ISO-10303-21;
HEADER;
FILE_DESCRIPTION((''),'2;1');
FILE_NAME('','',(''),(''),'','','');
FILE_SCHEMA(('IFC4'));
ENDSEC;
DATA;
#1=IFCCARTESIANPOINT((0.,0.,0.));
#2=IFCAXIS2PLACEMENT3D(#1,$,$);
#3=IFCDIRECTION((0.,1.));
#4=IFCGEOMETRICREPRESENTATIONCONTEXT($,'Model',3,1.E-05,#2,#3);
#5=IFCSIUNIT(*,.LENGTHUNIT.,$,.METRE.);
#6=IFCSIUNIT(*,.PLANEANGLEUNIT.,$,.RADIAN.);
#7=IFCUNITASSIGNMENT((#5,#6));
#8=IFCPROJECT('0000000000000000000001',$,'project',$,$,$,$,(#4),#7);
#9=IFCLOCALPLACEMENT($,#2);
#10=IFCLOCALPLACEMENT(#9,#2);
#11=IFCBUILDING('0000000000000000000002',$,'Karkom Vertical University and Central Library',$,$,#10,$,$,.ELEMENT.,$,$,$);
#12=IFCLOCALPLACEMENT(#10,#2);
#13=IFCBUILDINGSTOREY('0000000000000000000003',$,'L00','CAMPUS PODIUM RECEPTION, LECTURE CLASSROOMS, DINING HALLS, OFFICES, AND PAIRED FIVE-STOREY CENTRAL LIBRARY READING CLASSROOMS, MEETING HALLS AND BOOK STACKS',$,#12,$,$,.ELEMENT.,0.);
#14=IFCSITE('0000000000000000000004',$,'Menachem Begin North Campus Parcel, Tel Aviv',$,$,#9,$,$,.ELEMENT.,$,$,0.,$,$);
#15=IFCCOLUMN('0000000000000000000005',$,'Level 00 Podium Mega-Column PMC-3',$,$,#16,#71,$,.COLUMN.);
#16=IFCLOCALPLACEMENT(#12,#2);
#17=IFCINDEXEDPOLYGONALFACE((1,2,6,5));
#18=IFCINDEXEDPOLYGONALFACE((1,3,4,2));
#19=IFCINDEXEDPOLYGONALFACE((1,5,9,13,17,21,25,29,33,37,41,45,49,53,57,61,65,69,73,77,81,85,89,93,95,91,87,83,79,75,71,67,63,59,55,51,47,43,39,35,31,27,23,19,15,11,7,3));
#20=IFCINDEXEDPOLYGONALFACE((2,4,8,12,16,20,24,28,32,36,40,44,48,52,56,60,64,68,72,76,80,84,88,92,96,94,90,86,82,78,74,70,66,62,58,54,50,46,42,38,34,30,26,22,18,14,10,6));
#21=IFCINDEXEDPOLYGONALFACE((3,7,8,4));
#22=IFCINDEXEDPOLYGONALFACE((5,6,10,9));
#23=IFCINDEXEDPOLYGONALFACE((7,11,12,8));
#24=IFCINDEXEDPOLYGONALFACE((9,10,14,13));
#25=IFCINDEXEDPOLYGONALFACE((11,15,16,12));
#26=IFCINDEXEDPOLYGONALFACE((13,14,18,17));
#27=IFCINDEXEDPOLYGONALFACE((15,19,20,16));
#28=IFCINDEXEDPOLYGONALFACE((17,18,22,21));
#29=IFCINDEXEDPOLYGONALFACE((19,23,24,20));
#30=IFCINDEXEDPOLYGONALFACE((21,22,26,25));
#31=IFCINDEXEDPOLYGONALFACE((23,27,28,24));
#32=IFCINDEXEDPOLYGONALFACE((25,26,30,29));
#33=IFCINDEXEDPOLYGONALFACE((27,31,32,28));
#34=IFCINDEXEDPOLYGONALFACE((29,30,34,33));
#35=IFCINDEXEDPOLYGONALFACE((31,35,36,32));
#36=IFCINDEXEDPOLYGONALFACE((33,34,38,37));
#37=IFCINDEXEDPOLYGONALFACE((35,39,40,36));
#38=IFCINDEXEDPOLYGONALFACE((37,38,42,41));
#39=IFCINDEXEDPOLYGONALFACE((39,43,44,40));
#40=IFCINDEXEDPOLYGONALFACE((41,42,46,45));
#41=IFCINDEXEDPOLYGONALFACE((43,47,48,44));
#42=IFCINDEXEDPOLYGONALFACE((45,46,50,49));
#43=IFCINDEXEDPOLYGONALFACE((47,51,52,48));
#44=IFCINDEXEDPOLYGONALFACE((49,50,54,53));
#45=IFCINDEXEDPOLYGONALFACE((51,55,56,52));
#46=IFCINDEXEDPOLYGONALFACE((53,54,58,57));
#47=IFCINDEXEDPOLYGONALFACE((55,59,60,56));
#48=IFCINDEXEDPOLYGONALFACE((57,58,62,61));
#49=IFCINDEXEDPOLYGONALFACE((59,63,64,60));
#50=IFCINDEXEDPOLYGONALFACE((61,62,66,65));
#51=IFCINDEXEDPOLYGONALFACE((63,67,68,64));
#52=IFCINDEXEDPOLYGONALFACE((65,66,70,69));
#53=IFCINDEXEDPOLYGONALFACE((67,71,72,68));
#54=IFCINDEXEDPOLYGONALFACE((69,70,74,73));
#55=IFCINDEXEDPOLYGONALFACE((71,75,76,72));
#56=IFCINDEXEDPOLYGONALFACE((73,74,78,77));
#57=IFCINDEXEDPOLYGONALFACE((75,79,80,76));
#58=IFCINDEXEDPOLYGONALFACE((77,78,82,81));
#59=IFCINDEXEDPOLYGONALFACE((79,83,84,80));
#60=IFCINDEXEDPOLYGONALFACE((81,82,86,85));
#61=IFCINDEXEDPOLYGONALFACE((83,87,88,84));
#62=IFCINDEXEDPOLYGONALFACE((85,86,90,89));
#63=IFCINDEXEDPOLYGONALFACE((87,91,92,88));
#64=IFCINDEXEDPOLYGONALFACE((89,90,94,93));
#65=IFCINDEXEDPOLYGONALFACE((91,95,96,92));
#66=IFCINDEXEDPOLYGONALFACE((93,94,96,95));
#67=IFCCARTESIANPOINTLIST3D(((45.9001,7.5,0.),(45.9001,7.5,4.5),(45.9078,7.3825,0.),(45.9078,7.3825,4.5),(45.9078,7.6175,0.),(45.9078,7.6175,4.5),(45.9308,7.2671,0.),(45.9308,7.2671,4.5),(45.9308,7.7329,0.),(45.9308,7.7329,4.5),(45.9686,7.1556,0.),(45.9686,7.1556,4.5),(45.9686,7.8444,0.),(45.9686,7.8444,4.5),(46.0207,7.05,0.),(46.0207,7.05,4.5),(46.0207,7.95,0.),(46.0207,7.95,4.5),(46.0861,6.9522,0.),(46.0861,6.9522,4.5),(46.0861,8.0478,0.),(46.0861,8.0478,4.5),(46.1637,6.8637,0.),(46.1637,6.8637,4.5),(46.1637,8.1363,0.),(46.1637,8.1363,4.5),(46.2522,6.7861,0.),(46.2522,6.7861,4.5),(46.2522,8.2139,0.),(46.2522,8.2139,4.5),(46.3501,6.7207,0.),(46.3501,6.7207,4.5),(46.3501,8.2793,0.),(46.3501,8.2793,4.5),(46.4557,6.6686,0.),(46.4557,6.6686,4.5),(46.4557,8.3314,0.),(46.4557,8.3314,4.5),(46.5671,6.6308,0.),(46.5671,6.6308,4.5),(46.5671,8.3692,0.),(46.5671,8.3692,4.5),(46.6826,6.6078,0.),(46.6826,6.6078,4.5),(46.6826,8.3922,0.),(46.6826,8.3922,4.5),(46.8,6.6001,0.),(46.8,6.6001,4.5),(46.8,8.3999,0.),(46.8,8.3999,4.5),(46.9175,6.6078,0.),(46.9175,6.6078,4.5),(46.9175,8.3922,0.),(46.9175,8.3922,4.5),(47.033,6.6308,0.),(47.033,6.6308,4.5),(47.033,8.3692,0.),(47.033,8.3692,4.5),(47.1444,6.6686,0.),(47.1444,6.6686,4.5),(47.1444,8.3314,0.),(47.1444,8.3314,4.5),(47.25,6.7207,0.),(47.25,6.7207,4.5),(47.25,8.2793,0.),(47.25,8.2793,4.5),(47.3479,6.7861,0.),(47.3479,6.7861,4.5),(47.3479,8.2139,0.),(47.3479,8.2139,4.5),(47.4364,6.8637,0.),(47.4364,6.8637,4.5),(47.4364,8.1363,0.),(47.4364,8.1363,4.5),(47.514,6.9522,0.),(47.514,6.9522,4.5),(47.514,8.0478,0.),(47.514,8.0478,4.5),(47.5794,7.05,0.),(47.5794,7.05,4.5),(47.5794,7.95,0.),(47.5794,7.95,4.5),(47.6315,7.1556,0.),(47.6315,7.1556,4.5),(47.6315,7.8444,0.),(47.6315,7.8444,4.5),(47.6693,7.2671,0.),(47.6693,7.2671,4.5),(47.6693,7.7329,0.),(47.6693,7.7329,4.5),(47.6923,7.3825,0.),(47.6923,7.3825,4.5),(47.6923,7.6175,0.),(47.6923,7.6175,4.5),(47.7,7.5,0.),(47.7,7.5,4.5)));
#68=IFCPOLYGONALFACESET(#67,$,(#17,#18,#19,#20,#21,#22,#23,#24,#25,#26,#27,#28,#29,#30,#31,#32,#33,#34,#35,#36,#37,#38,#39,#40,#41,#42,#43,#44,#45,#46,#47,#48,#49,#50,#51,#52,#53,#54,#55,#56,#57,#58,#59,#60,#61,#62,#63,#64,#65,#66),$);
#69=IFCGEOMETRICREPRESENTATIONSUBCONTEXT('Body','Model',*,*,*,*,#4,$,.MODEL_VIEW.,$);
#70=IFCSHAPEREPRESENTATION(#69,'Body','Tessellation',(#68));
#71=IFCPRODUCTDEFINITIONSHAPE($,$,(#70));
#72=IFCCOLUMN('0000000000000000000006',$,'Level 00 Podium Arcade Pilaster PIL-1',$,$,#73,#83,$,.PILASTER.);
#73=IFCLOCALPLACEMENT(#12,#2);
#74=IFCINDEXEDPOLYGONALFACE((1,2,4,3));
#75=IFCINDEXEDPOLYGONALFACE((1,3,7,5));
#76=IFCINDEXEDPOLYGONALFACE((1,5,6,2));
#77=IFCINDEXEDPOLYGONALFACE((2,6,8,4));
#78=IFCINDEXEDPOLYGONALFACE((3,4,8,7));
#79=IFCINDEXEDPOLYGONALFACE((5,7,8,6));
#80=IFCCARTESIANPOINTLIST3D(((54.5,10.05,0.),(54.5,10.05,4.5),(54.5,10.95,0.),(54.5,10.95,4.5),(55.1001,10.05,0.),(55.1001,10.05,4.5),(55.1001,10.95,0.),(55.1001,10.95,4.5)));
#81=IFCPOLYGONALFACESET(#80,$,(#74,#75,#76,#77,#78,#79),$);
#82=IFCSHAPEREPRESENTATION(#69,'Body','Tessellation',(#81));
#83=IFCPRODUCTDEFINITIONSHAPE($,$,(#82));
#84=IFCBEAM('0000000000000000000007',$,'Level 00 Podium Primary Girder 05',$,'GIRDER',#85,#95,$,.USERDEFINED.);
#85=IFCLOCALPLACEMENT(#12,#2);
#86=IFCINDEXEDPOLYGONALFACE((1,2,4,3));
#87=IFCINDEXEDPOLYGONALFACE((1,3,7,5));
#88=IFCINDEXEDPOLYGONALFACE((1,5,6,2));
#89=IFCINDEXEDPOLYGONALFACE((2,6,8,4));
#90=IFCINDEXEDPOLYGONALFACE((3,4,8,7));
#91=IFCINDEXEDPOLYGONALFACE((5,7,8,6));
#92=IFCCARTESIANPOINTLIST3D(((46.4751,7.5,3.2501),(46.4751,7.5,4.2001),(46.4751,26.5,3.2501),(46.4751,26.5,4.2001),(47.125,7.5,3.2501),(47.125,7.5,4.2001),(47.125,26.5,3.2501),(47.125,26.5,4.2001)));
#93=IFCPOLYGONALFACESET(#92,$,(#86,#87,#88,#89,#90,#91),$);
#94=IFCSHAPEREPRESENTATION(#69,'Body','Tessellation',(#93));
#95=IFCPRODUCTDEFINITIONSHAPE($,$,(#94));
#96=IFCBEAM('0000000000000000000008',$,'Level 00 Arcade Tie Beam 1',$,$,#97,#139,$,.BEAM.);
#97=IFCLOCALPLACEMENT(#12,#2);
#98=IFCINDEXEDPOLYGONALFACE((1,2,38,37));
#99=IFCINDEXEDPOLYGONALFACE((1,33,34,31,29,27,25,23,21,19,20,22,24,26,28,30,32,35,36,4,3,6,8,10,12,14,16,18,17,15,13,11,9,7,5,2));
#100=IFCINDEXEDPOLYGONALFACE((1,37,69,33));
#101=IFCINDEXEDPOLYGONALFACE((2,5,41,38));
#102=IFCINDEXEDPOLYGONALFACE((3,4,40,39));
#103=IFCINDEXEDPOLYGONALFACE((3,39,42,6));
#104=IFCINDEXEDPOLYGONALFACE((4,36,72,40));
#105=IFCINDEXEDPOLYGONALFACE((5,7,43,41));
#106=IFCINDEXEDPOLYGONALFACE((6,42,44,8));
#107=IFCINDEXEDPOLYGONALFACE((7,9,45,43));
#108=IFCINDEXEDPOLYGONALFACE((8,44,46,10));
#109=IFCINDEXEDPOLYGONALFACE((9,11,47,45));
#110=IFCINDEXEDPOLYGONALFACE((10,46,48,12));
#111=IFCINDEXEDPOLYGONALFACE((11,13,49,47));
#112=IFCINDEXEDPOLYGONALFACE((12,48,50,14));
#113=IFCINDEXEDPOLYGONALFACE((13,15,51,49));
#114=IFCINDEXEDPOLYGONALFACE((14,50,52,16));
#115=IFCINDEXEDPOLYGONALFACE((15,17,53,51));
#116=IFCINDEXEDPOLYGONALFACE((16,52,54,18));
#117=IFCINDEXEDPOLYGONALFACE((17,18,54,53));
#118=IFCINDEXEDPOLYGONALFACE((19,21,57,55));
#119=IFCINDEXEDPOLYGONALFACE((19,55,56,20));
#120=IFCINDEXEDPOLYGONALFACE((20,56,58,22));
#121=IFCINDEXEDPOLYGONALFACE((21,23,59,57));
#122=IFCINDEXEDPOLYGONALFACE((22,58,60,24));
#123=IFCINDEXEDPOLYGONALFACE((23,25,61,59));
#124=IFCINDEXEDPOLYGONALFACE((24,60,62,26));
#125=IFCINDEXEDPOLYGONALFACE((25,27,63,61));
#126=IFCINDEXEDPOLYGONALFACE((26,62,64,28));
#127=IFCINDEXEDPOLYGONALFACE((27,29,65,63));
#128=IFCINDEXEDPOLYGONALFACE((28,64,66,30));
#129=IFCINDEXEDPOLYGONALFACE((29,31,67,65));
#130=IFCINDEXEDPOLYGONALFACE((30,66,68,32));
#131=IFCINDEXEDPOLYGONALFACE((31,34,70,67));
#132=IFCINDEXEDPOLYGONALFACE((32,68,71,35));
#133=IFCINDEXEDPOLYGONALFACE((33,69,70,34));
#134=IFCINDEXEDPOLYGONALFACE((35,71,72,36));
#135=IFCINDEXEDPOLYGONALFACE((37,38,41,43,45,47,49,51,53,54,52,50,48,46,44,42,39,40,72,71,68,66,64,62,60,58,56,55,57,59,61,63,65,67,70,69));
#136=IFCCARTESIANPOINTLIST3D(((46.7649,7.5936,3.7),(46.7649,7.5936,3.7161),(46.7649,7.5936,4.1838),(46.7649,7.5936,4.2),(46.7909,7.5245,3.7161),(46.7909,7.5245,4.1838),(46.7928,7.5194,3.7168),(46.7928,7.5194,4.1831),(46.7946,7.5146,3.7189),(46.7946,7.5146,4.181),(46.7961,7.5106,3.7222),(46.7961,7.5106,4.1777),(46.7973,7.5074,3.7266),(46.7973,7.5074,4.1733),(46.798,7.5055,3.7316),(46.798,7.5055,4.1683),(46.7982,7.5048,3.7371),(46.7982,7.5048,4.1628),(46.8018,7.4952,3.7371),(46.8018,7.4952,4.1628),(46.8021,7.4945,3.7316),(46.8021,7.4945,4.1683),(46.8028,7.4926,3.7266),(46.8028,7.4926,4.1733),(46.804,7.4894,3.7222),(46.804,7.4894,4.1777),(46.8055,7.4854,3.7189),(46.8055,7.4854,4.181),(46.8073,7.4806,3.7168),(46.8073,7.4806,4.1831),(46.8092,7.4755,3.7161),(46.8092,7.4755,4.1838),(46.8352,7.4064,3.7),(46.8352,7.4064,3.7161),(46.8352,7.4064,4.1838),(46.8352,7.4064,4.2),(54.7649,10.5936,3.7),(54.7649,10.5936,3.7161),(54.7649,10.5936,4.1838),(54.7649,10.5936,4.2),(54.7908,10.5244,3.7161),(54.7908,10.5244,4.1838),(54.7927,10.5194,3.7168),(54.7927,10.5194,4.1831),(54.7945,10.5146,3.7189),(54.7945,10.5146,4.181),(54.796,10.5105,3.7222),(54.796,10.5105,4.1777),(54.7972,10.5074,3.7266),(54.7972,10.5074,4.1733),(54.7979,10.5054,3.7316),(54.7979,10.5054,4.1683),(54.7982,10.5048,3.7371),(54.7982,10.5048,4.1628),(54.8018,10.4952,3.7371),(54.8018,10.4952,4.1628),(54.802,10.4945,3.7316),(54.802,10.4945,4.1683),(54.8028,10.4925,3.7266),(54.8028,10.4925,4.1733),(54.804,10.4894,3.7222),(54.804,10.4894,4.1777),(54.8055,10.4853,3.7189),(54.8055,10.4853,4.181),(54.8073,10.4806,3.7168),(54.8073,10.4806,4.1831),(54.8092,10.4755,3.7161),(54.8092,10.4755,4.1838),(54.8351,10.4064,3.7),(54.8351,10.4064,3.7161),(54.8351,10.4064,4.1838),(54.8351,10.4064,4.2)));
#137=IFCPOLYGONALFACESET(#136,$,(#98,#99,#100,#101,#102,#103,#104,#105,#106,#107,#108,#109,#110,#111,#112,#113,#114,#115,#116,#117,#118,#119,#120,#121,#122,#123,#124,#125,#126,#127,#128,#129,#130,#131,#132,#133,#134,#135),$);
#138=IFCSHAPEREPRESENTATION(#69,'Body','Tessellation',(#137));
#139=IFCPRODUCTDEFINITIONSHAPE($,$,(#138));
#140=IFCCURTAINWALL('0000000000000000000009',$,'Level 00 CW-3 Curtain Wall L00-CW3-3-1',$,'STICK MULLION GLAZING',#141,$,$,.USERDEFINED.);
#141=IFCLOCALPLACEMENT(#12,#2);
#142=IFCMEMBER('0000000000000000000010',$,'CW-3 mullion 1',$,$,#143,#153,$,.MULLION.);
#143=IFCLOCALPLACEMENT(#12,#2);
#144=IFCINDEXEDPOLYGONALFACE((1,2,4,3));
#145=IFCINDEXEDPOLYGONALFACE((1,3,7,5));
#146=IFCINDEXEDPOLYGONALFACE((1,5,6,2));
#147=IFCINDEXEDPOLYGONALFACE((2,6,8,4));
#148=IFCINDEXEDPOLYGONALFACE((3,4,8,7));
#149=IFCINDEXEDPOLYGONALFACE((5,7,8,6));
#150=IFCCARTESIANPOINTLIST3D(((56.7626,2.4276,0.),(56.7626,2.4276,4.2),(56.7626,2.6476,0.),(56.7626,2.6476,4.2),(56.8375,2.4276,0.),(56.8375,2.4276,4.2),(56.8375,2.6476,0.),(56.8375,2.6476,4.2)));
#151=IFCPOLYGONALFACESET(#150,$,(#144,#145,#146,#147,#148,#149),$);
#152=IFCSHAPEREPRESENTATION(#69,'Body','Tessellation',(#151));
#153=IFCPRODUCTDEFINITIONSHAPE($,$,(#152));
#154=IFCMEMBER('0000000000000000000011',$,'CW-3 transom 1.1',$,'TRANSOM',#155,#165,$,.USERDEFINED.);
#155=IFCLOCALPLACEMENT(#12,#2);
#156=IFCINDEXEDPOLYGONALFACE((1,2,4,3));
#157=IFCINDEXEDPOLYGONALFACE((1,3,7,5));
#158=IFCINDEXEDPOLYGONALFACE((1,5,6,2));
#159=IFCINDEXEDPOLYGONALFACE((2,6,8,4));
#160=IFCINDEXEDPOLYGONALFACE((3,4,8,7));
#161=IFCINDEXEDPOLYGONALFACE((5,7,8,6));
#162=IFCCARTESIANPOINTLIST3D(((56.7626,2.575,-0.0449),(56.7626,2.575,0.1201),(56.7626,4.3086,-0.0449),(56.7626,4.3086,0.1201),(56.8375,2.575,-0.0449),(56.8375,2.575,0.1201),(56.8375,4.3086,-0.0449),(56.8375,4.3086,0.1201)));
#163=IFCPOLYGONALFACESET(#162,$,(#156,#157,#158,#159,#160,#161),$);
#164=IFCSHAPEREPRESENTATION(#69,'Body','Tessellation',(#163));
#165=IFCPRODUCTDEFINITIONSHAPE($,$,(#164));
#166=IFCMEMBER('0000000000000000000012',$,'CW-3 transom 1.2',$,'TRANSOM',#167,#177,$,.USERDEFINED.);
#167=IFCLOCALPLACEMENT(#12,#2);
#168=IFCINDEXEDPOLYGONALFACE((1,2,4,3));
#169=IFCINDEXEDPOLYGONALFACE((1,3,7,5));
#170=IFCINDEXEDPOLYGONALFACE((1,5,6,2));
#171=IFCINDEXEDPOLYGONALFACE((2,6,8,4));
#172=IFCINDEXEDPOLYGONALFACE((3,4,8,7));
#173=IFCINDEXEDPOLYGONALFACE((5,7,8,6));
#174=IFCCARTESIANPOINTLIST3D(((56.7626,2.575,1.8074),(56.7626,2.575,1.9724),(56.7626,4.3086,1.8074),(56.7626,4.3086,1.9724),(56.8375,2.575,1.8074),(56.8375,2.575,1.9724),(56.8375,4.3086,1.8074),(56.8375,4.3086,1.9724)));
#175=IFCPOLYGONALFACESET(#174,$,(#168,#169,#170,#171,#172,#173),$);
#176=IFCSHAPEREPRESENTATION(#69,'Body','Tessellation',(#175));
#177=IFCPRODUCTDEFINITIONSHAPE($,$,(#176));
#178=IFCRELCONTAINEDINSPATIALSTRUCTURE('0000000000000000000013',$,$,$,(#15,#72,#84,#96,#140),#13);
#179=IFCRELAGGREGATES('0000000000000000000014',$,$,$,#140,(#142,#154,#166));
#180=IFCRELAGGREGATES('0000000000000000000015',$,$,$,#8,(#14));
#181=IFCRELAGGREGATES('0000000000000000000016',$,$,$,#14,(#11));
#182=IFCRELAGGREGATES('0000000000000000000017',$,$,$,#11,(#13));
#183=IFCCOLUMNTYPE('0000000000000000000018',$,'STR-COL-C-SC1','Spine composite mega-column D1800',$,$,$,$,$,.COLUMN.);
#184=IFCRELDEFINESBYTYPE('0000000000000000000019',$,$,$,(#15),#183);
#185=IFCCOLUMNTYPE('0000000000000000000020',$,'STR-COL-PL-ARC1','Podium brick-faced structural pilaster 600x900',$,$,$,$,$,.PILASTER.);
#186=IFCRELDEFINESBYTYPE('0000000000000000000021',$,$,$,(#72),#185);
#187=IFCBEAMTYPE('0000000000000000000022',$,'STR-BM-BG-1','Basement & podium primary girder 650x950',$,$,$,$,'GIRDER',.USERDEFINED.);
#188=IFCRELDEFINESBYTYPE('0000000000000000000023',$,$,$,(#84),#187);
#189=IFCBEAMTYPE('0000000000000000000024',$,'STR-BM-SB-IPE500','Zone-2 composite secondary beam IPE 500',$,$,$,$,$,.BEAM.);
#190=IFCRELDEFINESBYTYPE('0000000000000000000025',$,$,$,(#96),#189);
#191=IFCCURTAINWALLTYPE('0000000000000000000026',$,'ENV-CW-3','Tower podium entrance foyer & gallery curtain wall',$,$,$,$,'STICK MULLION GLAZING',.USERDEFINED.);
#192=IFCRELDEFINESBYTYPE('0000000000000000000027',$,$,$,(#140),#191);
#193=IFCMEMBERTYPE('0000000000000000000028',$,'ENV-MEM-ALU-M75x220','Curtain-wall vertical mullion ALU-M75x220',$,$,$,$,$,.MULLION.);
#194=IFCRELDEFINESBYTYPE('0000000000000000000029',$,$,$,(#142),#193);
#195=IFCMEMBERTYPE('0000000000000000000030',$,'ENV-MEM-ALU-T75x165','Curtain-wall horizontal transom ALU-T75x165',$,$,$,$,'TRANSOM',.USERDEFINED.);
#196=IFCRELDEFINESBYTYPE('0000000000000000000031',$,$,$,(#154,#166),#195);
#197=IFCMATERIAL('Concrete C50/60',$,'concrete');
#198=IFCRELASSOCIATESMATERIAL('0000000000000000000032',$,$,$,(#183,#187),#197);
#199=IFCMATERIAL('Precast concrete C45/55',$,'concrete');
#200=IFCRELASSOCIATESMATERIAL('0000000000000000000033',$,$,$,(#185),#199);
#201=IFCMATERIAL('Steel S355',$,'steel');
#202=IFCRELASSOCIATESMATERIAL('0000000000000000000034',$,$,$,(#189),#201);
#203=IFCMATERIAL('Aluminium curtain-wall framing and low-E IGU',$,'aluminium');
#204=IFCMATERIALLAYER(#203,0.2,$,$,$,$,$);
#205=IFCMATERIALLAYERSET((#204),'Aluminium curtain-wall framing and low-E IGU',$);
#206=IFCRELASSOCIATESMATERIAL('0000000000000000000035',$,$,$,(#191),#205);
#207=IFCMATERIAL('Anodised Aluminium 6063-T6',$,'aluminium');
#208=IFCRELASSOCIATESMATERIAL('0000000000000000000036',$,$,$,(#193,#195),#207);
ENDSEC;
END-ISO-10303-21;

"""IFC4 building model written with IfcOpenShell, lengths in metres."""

from ifc_helpers import new_model, si_unit, direction, frame, origin, origin_with_axes, origin_2d, place, context, subcontext, project, spatial, rectangle, circle, i_section, extrude, source, transform, mapped, material, layer, layer_set, material_profile, profile_set, type_object, element, aggregate, save


model = new_model("IFC4")

# Units and contexts
model_context = context("Model", 3, precision=1e-05, world=origin(), true_north=direction((0.0, 1.0)))
body_context = subcontext(model_context, "Body", "Model", "MODEL_VIEW")
ifc_project = project(units=[si_unit("LENGTHUNIT", "METRE"), si_unit("PLANEANGLEUNIT", "RADIAN")], contexts=[model_context])

# Site, building, storey
site_placement = place(None, origin())
site = spatial("IfcSite", under=ifc_project, at=site_placement, Name="Menachem Begin North Campus Parcel, Tel Aviv", CompositionType="ELEMENT", RefElevation=0.0)
building_placement = place(site_placement, origin())
building = spatial("IfcBuilding", under=site, at=building_placement, Name="Karkom Vertical University and Central Library", CompositionType="ELEMENT")
storey_placement = place(building_placement, origin())
storey = spatial("IfcBuildingStorey", under=building, at=storey_placement, Name="L00", Description="CAMPUS PODIUM RECEPTION, LECTURE CLASSROOMS, DINING HALLS, OFFICES, AND PAIRED FIVE-STOREY CENTRAL LIBRARY READING CLASSROOMS, MEETING HALLS AND BOOK STACKS", CompositionType="ELEMENT", Elevation=0.0)

# Columns
ifc_material_1 = material(Name="Concrete C50/60", Category="concrete")
ifc_material_profile_1 = material_profile(ifc_material_1, circle(Radius=0.8999, at=origin_2d()), Name="CFT-D1800")
ifc_profile_set_1 = profile_set([ifc_material_profile_1], Name="Concrete C50/60")
column_type_1 = type_object("IfcColumnType", Name="STR-COL-C-SC1", Description="Spine composite mega-column D1800", PredefinedType="COLUMN", material=ifc_profile_set_1)
shared_shape_1 = source(origin_with_axes(), body_context, "Body", "SweptSolid", [
    extrude(circle(Radius=0.8999, at=origin_2d()), origin(), (0.0, 0.0, 1.0), 4.5),
])
column_1_placement = place(storey_placement, frame((46.8, 7.5, 0.0), z_axis=(0.0, 0.0, 1.0), x_axis=(1.0, 0.0, 0.0)))
element("IfcColumn", 1, at=column_1_placement, inside=storey, type_object=column_type_1, Name="Level 00 Podium Mega-Column PMC-3", PredefinedType="COLUMN", context=body_context, shape_type="MappedRepresentation", body=[
    mapped(shared_shape_1, transform((0.0, 0.0, 0.0), scale=1.0)),
])
ifc_material_2 = material(Name="Precast concrete C45/55", Category="concrete")
ifc_material_profile_2 = material_profile(ifc_material_2, rectangle(XDim=0.6001, YDim=0.8999, at=origin_2d()), Name="PIL-600x900")
ifc_profile_set_2 = profile_set([ifc_material_profile_2], Name="Precast concrete C45/55")
column_type_2 = type_object("IfcColumnType", Name="STR-COL-PL-ARC1", Description="Podium brick-faced structural pilaster 600x900", PredefinedType="PILASTER", material=ifc_profile_set_2)
shared_shape_2 = source(origin_with_axes(), body_context, "Body", "SweptSolid", [
    extrude(rectangle(XDim=0.6001, YDim=0.8999, at=origin_2d()), origin(), (0.0, 0.0, 1.0), 4.5),
])
column_2_placement = place(storey_placement, frame((54.8, 10.5, 0.0), z_axis=(0.0, 0.0, 1.0), x_axis=(1.0, 0.0, 0.0)))
element("IfcColumn", 2, at=column_2_placement, inside=storey, type_object=column_type_2, Name="Level 00 Podium Arcade Pilaster PIL-1", PredefinedType="PILASTER", context=body_context, shape_type="MappedRepresentation", body=[
    mapped(shared_shape_2, transform((0.0, 0.0, 0.0), scale=1.0)),
])

# Beams
ifc_material_profile_3 = material_profile(ifc_material_1, rectangle(XDim=0.6499, YDim=0.95, at=origin_2d()), Name="RCG-650x950")
ifc_profile_set_3 = profile_set([ifc_material_profile_3], Name="Concrete C50/60")
beam_type_1 = type_object("IfcBeamType", Name="STR-BM-BG-1", Description="Basement & podium primary girder 650x950", ElementType="GIRDER", PredefinedType="USERDEFINED", material=ifc_profile_set_3)
shared_shape_3 = source(origin_with_axes(), body_context, "Body", "SweptSolid", [
    extrude(rectangle(XDim=0.6499, YDim=0.95, at=origin_2d()), origin(), (0.0, 0.0, 1.0), 19.0),
])
beam_1_placement = place(storey_placement, frame((46.8, 7.5, 3.7251), z_axis=(0.0, 1.0, 0.0), x_axis=(-1.0, 0.0, 0.0)))
element("IfcBeam", 3, at=beam_1_placement, inside=storey, type_object=beam_type_1, Name="Level 00 Podium Primary Girder 05", ObjectType="GIRDER", PredefinedType="USERDEFINED", context=body_context, shape_type="MappedRepresentation", body=[
    mapped(shared_shape_3, transform((0.0, 0.0, 0.0), scale=1.0)),
])
ifc_material_3 = material(Name="Steel S355", Category="steel")
ifc_material_profile_4 = material_profile(ifc_material_3, i_section(OverallWidth=0.2, OverallDepth=0.5, WebThickness=0.0103, FlangeThickness=0.0161, FilletRadius=0.021, at=origin_2d()), Name="IPE 500")
ifc_profile_set_4 = profile_set([ifc_material_profile_4], Name="Steel S355")
beam_type_2 = type_object("IfcBeamType", Name="STR-BM-SB-IPE500", Description="Zone-2 composite secondary beam IPE 500", PredefinedType="BEAM", material=ifc_profile_set_4)
shared_shape_4 = source(origin_with_axes(), body_context, "Body", "SweptSolid", [
    extrude(i_section(OverallWidth=0.2, OverallDepth=0.5, WebThickness=0.0103, FlangeThickness=0.0161, FilletRadius=0.021, at=origin_2d()), origin(), (0.0, 0.0, 1.0), 8.5439),
])
beam_2_placement = place(storey_placement, frame((46.8, 7.5, 3.95), z_axis=(0.936329, 0.351123, 0.0), x_axis=(-0.351123, 0.936329, 0.0)))
element("IfcBeam", 4, at=beam_2_placement, inside=storey, type_object=beam_type_2, Name="Level 00 Arcade Tie Beam 1", PredefinedType="BEAM", context=body_context, shape_type="MappedRepresentation", body=[
    mapped(shared_shape_4, transform((0.0, 0.0, 0.0), scale=1.0)),
])

# Curtain wall, members
ifc_material_4 = material(Name="Aluminium curtain-wall framing and low-E IGU", Category="aluminium")
ifc_layer_1 = layer(ifc_material_4, 0.2)
ifc_layer_set_1 = layer_set([ifc_layer_1], Name="Aluminium curtain-wall framing and low-E IGU")
curtain_wall_type = type_object("IfcCurtainWallType", Name="ENV-CW-3", Description="Tower podium entrance foyer & gallery curtain wall", ElementType="STICK MULLION GLAZING", PredefinedType="USERDEFINED", material=ifc_layer_set_1)
curtain_wall_placement = place(storey_placement, origin())
curtain_wall = element("IfcCurtainWall", 5, at=curtain_wall_placement, inside=storey, type_object=curtain_wall_type, Name="Level 00 CW-3 Curtain Wall L00-CW3-3-1", ObjectType="STICK MULLION GLAZING", PredefinedType="USERDEFINED")
ifc_material_5 = material(Name="Anodised Aluminium 6063-T6", Category="aluminium")
ifc_material_profile_5 = material_profile(ifc_material_5, rectangle(XDim=0.075, YDim=0.22, at=origin_2d()), Name="ALU-M75x220")
ifc_profile_set_5 = profile_set([ifc_material_profile_5], Name="Anodised Aluminium 6063-T6")
member_type_1 = type_object("IfcMemberType", Name="ENV-MEM-ALU-M75x220", Description="Curtain-wall vertical mullion ALU-M75x220", PredefinedType="MULLION", material=ifc_profile_set_5)
shared_shape_5 = source(origin_with_axes(), body_context, "Body", "SweptSolid", [
    extrude(rectangle(XDim=0.075, YDim=0.22, at=origin_2d()), origin(), (0.0, 0.0, 1.0), 4.2),
])
member_1_placement = place(storey_placement, frame((56.8, 2.5376, 0.0), z_axis=(0.0, 0.0, 1.0), x_axis=(-1.0, 0.0, 0.0)))
member_1 = element("IfcMember", 6, at=member_1_placement, type_object=member_type_1, Name="CW-3 mullion 1", PredefinedType="MULLION", context=body_context, shape_type="MappedRepresentation", body=[
    mapped(shared_shape_5, transform((0.0, 0.0, 0.0), scale=1.0)),
])
ifc_material_profile_6 = material_profile(ifc_material_5, rectangle(XDim=0.075, YDim=0.165, at=origin_2d()), Name="ALU-T75x165")
ifc_profile_set_6 = profile_set([ifc_material_profile_6], Name="Anodised Aluminium 6063-T6")
member_type_2 = type_object("IfcMemberType", Name="ENV-MEM-ALU-T75x165", Description="Curtain-wall horizontal transom ALU-T75x165", ElementType="TRANSOM", PredefinedType="USERDEFINED", material=ifc_profile_set_6)
shared_shape_6 = source(origin_with_axes(), body_context, "Body", "SweptSolid", [
    extrude(rectangle(XDim=0.075, YDim=0.165, at=origin_2d()), origin(), (0.0, 0.0, 1.0), 1.7336),
])
member_2_placement = place(storey_placement, frame((56.8, 2.575, 0.0376), z_axis=(0.0, 1.0, 0.0), x_axis=(-1.0, 0.0, 0.0)))
member_2 = element("IfcMember", 7, at=member_2_placement, type_object=member_type_2, Name="CW-3 transom 1.1", ObjectType="TRANSOM", PredefinedType="USERDEFINED", context=body_context, shape_type="MappedRepresentation", body=[
    mapped(shared_shape_6, transform((0.0, 0.0, 0.0), scale=1.0)),
])
member_3_placement = place(storey_placement, frame((56.8, 2.575, 1.8899), z_axis=(0.0, 1.0, 0.0), x_axis=(-1.0, 0.0, 0.0)))
member_3 = element("IfcMember", 8, at=member_3_placement, type_object=member_type_2, Name="CW-3 transom 1.2", ObjectType="TRANSOM", PredefinedType="USERDEFINED", context=body_context, shape_type="MappedRepresentation", body=[
    mapped(shared_shape_6, transform((0.0, 0.0, 0.0), scale=1.0)),
])
aggregate(curtain_wall, [member_1, member_2, member_3])

save(model, "model.ifc")
